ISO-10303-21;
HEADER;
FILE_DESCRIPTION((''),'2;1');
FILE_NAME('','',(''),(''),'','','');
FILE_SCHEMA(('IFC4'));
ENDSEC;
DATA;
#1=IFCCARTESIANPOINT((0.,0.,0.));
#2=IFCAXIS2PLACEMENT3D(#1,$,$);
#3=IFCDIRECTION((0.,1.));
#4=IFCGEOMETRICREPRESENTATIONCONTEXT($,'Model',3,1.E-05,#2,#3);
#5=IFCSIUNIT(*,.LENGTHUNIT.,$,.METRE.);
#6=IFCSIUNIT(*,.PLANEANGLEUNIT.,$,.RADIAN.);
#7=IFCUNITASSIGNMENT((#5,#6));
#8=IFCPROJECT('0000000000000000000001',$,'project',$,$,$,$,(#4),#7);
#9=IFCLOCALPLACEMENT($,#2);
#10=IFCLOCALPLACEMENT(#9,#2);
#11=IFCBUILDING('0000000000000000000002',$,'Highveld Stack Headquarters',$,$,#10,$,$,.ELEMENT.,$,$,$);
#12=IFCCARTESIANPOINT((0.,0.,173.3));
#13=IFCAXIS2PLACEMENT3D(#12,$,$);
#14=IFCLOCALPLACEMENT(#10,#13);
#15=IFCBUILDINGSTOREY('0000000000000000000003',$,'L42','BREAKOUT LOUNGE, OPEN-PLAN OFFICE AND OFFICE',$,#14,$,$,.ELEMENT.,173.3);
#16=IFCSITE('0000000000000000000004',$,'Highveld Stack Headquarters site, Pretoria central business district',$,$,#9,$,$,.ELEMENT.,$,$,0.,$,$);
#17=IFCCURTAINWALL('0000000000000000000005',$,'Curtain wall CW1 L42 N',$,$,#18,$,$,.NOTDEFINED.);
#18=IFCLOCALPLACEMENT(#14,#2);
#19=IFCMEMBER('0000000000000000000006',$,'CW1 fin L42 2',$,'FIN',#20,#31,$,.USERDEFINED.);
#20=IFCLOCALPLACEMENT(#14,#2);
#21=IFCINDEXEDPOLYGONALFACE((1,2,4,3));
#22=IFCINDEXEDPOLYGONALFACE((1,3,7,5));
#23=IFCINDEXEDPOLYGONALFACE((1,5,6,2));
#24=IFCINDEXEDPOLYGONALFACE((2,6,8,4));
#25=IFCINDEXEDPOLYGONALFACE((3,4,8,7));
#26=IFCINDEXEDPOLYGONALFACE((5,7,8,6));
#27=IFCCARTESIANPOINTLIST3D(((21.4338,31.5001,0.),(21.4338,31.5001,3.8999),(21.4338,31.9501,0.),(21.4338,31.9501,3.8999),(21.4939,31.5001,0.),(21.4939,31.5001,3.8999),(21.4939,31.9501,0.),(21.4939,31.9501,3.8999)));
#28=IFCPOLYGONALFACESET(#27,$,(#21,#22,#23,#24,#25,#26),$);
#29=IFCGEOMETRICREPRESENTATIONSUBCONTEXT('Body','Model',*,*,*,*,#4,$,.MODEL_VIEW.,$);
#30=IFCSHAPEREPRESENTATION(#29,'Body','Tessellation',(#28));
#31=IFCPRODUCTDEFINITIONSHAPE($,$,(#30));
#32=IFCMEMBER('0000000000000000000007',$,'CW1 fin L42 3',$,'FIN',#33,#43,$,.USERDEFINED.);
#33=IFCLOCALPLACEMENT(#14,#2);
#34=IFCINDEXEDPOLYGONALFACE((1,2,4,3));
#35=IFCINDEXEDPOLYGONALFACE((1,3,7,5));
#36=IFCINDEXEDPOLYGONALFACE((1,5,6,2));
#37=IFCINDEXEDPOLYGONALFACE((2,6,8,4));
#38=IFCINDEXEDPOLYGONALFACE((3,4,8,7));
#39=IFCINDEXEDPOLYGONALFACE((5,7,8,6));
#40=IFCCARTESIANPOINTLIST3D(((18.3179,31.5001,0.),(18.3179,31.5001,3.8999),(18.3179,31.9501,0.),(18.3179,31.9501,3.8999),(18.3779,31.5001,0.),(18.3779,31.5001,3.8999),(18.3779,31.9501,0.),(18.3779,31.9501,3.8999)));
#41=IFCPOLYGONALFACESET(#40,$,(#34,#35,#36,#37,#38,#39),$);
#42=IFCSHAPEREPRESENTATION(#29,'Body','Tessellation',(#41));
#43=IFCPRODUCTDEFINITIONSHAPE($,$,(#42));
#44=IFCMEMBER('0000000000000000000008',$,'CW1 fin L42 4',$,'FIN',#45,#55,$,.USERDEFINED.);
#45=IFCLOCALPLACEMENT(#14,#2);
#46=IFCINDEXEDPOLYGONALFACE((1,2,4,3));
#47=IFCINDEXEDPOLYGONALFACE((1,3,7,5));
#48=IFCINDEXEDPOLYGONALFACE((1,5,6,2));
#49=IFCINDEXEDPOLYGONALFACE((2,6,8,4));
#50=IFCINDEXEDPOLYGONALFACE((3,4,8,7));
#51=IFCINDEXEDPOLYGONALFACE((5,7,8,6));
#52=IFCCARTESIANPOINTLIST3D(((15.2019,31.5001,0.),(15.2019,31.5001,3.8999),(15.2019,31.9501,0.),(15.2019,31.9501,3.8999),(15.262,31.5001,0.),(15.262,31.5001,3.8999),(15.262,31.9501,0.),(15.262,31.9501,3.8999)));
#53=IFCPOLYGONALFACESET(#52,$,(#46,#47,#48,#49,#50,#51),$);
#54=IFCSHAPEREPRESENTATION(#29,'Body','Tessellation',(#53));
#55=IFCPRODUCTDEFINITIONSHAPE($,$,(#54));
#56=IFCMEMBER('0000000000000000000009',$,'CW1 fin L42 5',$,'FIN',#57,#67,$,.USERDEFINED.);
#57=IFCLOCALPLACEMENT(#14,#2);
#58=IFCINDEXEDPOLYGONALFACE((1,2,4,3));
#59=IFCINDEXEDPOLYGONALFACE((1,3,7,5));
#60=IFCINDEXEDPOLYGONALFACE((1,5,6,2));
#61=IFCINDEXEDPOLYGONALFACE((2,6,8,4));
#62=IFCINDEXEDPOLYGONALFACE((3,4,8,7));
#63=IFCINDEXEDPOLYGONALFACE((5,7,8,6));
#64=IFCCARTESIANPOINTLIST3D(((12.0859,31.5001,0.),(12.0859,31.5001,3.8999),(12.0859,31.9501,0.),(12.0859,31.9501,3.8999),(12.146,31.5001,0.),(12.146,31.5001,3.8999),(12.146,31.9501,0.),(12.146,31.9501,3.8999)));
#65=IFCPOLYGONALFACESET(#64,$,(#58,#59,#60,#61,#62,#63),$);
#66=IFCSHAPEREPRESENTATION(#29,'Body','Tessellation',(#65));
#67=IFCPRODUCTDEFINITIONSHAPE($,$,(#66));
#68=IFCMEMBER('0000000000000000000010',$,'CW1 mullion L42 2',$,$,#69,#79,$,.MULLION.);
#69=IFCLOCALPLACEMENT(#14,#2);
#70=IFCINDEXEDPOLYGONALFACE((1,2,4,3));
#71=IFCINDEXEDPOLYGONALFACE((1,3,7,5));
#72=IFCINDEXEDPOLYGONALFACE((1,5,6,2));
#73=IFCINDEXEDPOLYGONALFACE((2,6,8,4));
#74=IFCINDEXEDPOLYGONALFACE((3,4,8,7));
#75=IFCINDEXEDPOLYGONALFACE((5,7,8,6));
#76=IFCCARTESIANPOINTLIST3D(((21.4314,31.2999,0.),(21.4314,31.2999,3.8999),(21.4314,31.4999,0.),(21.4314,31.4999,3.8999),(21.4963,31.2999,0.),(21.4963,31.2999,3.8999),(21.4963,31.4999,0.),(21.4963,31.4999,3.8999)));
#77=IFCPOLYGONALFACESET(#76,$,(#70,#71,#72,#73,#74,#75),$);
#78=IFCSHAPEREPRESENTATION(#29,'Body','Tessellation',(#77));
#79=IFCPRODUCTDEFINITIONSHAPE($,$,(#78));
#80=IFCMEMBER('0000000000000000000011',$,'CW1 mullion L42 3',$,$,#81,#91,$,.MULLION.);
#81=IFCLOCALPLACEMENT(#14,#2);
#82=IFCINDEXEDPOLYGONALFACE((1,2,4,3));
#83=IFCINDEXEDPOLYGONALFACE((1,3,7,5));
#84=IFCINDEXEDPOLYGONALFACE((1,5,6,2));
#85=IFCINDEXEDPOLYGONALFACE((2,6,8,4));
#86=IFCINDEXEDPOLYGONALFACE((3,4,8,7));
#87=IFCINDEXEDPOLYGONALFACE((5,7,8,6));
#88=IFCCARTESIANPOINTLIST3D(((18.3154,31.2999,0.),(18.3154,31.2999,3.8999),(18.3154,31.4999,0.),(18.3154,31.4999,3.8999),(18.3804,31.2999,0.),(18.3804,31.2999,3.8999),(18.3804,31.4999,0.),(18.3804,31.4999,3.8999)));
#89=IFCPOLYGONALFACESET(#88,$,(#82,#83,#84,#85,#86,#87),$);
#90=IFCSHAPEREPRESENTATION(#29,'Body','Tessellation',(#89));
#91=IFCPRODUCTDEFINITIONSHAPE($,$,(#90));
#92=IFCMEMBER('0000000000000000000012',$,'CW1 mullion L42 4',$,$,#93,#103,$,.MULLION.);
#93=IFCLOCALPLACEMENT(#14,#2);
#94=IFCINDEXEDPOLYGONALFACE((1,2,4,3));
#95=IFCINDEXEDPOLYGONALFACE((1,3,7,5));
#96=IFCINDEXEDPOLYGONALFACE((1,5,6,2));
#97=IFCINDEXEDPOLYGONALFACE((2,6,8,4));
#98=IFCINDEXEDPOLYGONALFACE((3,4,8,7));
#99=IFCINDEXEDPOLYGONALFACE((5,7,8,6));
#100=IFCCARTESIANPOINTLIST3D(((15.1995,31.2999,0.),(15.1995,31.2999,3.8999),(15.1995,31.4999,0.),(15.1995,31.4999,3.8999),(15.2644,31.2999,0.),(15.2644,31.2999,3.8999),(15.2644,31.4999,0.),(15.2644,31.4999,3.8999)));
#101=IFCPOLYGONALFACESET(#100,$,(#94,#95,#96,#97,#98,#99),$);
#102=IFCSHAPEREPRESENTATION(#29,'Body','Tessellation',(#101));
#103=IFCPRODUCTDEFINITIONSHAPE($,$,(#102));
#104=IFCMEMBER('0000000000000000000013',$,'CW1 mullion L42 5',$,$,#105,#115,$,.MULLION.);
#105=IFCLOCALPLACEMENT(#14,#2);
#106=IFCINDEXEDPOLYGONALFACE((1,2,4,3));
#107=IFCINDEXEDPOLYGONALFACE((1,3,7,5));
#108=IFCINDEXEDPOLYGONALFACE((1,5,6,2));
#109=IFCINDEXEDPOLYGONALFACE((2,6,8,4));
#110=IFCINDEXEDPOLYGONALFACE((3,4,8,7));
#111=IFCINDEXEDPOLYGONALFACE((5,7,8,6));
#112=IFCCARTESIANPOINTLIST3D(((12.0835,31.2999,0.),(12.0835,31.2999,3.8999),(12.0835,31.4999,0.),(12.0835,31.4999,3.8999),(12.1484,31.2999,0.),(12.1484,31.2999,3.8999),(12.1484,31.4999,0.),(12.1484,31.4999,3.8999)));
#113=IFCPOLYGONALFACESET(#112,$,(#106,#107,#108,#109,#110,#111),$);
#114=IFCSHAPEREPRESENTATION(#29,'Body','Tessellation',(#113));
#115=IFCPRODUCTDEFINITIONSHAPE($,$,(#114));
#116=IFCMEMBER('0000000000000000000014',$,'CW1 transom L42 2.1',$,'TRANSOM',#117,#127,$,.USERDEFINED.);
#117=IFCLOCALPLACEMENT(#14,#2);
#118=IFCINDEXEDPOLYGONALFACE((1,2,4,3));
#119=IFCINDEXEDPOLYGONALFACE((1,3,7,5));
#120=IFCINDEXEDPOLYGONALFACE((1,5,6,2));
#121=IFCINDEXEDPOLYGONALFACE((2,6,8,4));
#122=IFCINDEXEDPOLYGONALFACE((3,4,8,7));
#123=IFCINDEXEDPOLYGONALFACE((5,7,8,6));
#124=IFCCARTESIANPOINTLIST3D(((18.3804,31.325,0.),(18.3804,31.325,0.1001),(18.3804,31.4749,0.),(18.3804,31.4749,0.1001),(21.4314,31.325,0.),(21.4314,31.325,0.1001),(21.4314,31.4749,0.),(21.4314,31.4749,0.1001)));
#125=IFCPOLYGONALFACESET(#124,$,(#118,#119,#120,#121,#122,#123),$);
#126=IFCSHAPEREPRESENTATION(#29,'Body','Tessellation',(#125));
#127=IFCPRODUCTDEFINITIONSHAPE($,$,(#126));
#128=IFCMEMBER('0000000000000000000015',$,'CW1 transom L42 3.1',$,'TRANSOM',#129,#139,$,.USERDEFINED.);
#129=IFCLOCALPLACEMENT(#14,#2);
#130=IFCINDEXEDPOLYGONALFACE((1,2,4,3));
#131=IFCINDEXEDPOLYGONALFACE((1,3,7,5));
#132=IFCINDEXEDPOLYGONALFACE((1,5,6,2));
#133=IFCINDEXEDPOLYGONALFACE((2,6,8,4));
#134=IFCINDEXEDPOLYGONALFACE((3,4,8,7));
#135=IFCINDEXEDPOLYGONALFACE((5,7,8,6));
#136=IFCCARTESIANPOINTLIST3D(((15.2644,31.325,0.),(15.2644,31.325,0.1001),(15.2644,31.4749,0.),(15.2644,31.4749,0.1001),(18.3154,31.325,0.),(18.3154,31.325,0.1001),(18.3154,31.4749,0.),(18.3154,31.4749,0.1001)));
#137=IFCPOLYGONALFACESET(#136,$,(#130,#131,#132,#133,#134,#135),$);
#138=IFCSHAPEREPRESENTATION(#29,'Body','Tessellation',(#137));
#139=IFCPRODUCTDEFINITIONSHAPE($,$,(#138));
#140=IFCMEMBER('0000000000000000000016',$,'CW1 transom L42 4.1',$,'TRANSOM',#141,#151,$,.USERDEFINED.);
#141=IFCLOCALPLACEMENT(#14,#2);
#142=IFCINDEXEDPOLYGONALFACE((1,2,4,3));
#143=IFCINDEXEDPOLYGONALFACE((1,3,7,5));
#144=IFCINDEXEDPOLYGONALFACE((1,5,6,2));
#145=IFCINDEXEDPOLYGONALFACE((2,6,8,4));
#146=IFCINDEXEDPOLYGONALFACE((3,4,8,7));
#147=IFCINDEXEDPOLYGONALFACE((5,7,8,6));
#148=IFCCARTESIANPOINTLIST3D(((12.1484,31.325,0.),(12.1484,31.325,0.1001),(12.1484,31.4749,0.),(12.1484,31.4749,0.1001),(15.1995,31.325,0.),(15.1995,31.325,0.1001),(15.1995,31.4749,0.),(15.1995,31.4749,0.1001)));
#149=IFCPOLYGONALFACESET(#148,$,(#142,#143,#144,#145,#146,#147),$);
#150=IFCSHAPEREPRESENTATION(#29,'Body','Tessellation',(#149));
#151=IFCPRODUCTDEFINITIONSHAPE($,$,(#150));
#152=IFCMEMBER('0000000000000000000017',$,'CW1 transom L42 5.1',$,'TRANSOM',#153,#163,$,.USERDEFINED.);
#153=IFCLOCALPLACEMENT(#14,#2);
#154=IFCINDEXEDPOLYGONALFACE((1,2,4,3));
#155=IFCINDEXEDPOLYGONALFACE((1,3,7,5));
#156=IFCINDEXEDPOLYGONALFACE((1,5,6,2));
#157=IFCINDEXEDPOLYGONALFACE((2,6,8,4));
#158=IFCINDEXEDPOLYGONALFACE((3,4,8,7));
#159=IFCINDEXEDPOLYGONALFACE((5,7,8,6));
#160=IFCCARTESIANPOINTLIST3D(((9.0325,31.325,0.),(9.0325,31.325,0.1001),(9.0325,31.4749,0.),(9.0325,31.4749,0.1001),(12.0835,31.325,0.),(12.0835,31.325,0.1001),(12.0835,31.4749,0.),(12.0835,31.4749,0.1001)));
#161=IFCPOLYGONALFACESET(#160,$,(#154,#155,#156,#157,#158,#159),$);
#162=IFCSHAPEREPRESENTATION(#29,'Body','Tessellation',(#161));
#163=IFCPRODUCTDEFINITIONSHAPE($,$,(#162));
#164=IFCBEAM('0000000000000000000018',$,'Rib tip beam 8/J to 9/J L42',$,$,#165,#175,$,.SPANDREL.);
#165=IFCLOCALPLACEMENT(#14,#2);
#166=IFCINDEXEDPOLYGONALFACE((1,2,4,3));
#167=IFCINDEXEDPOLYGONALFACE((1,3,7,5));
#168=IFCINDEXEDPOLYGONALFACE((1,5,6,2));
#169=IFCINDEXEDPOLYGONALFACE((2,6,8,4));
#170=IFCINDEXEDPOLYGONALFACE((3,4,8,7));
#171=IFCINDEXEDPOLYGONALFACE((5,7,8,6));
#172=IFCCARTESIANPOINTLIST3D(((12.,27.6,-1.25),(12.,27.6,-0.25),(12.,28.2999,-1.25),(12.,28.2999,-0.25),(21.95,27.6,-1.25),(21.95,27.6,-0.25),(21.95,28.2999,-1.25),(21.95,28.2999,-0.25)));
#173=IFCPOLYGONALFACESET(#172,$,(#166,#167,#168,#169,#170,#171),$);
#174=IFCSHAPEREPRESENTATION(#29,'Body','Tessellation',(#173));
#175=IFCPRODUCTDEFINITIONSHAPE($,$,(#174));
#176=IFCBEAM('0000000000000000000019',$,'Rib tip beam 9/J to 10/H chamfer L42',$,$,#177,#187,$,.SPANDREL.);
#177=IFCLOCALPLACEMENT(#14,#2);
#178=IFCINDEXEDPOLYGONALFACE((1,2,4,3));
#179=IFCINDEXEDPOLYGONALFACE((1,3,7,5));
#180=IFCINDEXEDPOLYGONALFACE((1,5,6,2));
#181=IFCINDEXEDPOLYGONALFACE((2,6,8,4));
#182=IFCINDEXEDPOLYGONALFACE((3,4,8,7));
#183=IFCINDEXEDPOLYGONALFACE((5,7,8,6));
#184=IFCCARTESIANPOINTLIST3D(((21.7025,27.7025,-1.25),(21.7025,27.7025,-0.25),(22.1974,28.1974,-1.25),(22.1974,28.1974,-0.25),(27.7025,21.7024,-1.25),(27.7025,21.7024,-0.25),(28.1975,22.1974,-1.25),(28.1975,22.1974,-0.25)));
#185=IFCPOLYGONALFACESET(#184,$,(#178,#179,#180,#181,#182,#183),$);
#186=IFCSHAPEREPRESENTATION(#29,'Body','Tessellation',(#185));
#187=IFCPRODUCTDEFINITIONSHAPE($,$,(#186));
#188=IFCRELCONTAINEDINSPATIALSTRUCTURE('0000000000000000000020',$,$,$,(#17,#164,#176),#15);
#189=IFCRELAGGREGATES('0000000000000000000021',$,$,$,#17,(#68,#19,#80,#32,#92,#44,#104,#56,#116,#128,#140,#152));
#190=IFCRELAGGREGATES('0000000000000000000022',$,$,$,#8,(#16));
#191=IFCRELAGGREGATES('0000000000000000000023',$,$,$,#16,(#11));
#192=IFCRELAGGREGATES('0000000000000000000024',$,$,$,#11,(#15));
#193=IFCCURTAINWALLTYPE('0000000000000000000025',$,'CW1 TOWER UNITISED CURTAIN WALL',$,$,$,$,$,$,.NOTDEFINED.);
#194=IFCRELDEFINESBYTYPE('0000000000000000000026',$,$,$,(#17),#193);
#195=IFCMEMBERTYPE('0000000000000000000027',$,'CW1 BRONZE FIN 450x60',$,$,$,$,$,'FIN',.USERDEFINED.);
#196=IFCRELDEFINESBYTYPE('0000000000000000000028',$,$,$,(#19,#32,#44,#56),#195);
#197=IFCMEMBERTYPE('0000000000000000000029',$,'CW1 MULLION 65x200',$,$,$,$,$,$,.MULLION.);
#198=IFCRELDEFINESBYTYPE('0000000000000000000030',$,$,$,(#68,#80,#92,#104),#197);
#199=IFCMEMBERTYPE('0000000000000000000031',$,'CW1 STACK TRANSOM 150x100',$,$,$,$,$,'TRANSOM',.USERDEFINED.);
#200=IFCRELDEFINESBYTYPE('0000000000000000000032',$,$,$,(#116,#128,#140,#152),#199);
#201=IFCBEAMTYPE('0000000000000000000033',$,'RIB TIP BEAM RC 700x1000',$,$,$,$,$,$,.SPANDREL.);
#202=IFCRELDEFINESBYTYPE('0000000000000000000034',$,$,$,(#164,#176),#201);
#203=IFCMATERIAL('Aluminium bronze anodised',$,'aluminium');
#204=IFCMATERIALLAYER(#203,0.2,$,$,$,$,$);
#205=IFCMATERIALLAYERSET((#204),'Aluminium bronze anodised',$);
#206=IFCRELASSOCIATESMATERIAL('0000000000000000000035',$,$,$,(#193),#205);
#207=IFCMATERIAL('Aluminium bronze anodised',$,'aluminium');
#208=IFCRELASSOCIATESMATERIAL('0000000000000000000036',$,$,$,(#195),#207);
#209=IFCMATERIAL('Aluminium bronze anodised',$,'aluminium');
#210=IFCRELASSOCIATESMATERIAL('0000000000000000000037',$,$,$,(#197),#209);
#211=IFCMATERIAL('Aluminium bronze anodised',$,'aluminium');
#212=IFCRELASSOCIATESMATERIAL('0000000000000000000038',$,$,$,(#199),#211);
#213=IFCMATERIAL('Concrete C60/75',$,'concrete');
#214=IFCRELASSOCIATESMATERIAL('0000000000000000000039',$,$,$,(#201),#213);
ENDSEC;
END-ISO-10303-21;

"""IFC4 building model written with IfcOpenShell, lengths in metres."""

from ifc_helpers import new_model, si_unit, direction, frame, origin, origin_2d, place, context, subcontext, project, spatial, rectangle, extrude, material, layer, layer_set, material_profile, profile_set, type_object, element, aggregate, save


model = new_model("IFC4")

# Units and contexts
model_context = context("Model", 3, precision=1e-05, world=origin(), true_north=direction((0.0, 1.0)))
body_context = subcontext(model_context, "Body", "Model", "MODEL_VIEW")
ifc_project = project(units=[si_unit("LENGTHUNIT", "METRE"), si_unit("PLANEANGLEUNIT", "RADIAN")], contexts=[model_context])

# Site, building, storey
site_placement = place(None, origin())
site = spatial("IfcSite", under=ifc_project, at=site_placement, Name="Highveld Stack Headquarters site, Pretoria central business district", CompositionType="ELEMENT", RefElevation=0.0)
building_placement = place(site_placement, origin())
building = spatial("IfcBuilding", under=site, at=building_placement, Name="Highveld Stack Headquarters", CompositionType="ELEMENT")
storey_placement = place(building_placement, frame((0.0, 0.0, 173.3)))
storey = spatial("IfcBuildingStorey", under=building, at=storey_placement, Name="L42", Description="BREAKOUT LOUNGE, OPEN-PLAN OFFICE AND OFFICE", CompositionType="ELEMENT", Elevation=173.3)

# Curtain wall, members
ifc_material_1 = material(Name="Aluminium bronze anodised", Category="aluminium")
ifc_layer_1 = layer(ifc_material_1, 0.2)
ifc_layer_set_1 = layer_set([ifc_layer_1], Name="Aluminium bronze anodised")
curtain_wall_type = type_object("IfcCurtainWallType", Name="CW1 TOWER UNITISED CURTAIN WALL", PredefinedType="NOTDEFINED", material=ifc_layer_set_1)
curtain_wall_placement = place(storey_placement, origin())
curtain_wall = element("IfcCurtainWall", 1, at=curtain_wall_placement, inside=storey, type_object=curtain_wall_type, Name="Curtain wall CW1 L42 N", PredefinedType="NOTDEFINED")
ifc_material_2 = material(Name="Aluminium bronze anodised", Category="aluminium")
ifc_material_profile_1 = material_profile(ifc_material_2, rectangle(XDim=0.45, YDim=0.0601, at=origin_2d()), Name="FIN 450x60")
ifc_profile_set_1 = profile_set([ifc_material_profile_1], Name="Aluminium bronze anodised")
member_type_1 = type_object("IfcMemberType", Name="CW1 BRONZE FIN 450x60", ElementType="FIN", PredefinedType="USERDEFINED", material=ifc_profile_set_1)
member_1_placement = place(storey_placement, frame((21.4639, 31.7251, 0.0), z_axis=(0.0, 0.0, 1.0), x_axis=(0.0, -1.0, 0.0)))
member_1 = element("IfcMember", 2, at=member_1_placement, type_object=member_type_1, Name="CW1 fin L42 2", ObjectType="FIN", PredefinedType="USERDEFINED", context=body_context, shape_type="SweptSolid", body=[
    extrude(rectangle(XDim=0.45, YDim=0.0601, at=origin_2d()), origin(), (0.0, 0.0, 1.0), 3.8999),
])
member_2_placement = place(storey_placement, frame((18.3479, 31.7251, 0.0), z_axis=(0.0, 0.0, 1.0), x_axis=(0.0, -1.0, 0.0)))
member_2 = element("IfcMember", 3, at=member_2_placement, type_object=member_type_1, Name="CW1 fin L42 3", ObjectType="FIN", PredefinedType="USERDEFINED", context=body_context, shape_type="SweptSolid", body=[
    extrude(rectangle(XDim=0.45, YDim=0.0601, at=origin_2d()), origin(), (0.0, 0.0, 1.0), 3.8999),
])
member_3_placement = place(storey_placement, frame((15.2319, 31.7251, 0.0), z_axis=(0.0, 0.0, 1.0), x_axis=(0.0, -1.0, 0.0)))
member_3 = element("IfcMember", 4, at=member_3_placement, type_object=member_type_1, Name="CW1 fin L42 4", ObjectType="FIN", PredefinedType="USERDEFINED", context=body_context, shape_type="SweptSolid", body=[
    extrude(rectangle(XDim=0.45, YDim=0.0601, at=origin_2d()), origin(), (0.0, 0.0, 1.0), 3.8999),
])
member_4_placement = place(storey_placement, frame((12.116, 31.7251, 0.0), z_axis=(0.0, 0.0, 1.0), x_axis=(0.0, -1.0, 0.0)))
member_4 = element("IfcMember", 5, at=member_4_placement, type_object=member_type_1, Name="CW1 fin L42 5", ObjectType="FIN", PredefinedType="USERDEFINED", context=body_context, shape_type="SweptSolid", body=[
    extrude(rectangle(XDim=0.45, YDim=0.0601, at=origin_2d()), origin(), (0.0, 0.0, 1.0), 3.8999),
])
ifc_material_3 = material(Name="Aluminium bronze anodised", Category="aluminium")
ifc_material_profile_2 = material_profile(ifc_material_3, rectangle(XDim=0.2, YDim=0.0649, at=origin_2d()), Name="CW1 MULLION 65x200")
ifc_profile_set_2 = profile_set([ifc_material_profile_2], Name="Aluminium bronze anodised")
member_type_2 = type_object("IfcMemberType", Name="CW1 MULLION 65x200", PredefinedType="MULLION", material=ifc_profile_set_2)
member_5_placement = place(storey_placement, frame((21.4639, 31.3999, 0.0), z_axis=(0.0, 0.0, 1.0), x_axis=(0.0, -1.0, 0.0)))
member_5 = element("IfcMember", 6, at=member_5_placement, type_object=member_type_2, Name="CW1 mullion L42 2", PredefinedType="MULLION", context=body_context, shape_type="SweptSolid", body=[
    extrude(rectangle(XDim=0.2, YDim=0.0649, at=origin_2d()), origin(), (0.0, 0.0, 1.0), 3.8999),
])
member_6_placement = place(storey_placement, frame((18.3479, 31.3999, 0.0), z_axis=(0.0, 0.0, 1.0), x_axis=(0.0, -1.0, 0.0)))
member_6 = element("IfcMember", 7, at=member_6_placement, type_object=member_type_2, Name="CW1 mullion L42 3", PredefinedType="MULLION", context=body_context, shape_type="SweptSolid", body=[
    extrude(rectangle(XDim=0.2, YDim=0.0649, at=origin_2d()), origin(), (0.0, 0.0, 1.0), 3.8999),
])
member_7_placement = place(storey_placement, frame((15.2319, 31.3999, 0.0), z_axis=(0.0, 0.0, 1.0), x_axis=(0.0, -1.0, 0.0)))
member_7 = element("IfcMember", 8, at=member_7_placement, type_object=member_type_2, Name="CW1 mullion L42 4", PredefinedType="MULLION", context=body_context, shape_type="SweptSolid", body=[
    extrude(rectangle(XDim=0.2, YDim=0.0649, at=origin_2d()), origin(), (0.0, 0.0, 1.0), 3.8999),
])
member_8_placement = place(storey_placement, frame((12.116, 31.3999, 0.0), z_axis=(0.0, 0.0, 1.0), x_axis=(0.0, -1.0, 0.0)))
member_8 = element("IfcMember", 9, at=member_8_placement, type_object=member_type_2, Name="CW1 mullion L42 5", PredefinedType="MULLION", context=body_context, shape_type="SweptSolid", body=[
    extrude(rectangle(XDim=0.2, YDim=0.0649, at=origin_2d()), origin(), (0.0, 0.0, 1.0), 3.8999),
])
ifc_material_4 = material(Name="Aluminium bronze anodised", Category="aluminium")
ifc_material_profile_3 = material_profile(ifc_material_4, rectangle(XDim=0.1499, YDim=0.1001, at=origin_2d()), Name="CW1 TRANSOM 150x100")
ifc_profile_set_3 = profile_set([ifc_material_profile_3], Name="Aluminium bronze anodised")
member_type_3 = type_object("IfcMemberType", Name="CW1 STACK TRANSOM 150x100", ElementType="TRANSOM", PredefinedType="USERDEFINED", material=ifc_profile_set_3)
member_9_placement = place(storey_placement, frame((21.4314, 31.3999, 0.05), z_axis=(-1.0, 0.0, 0.0), x_axis=(0.0, -1.0, 0.0)))
member_9 = element("IfcMember", 10, at=member_9_placement, type_object=member_type_3, Name="CW1 transom L42 2.1", ObjectType="TRANSOM", PredefinedType="USERDEFINED", context=body_context, shape_type="SweptSolid", body=[
    extrude(rectangle(XDim=0.1499, YDim=0.1001, at=origin_2d()), origin(), (0.0, 0.0, 1.0), 3.051),
])
member_10_placement = place(storey_placement, frame((18.3154, 31.3999, 0.05), z_axis=(-1.0, 0.0, 0.0), x_axis=(0.0, -1.0, 0.0)))
member_10 = element("IfcMember", 11, at=member_10_placement, type_object=member_type_3, Name="CW1 transom L42 3.1", ObjectType="TRANSOM", PredefinedType="USERDEFINED", context=body_context, shape_type="SweptSolid", body=[
    extrude(rectangle(XDim=0.1499, YDim=0.1001, at=origin_2d()), origin(), (0.0, 0.0, 1.0), 3.051),
])
member_11_placement = place(storey_placement, frame((15.1995, 31.3999, 0.05), z_axis=(-1.0, 0.0, 0.0), x_axis=(0.0, -1.0, 0.0)))
member_11 = element("IfcMember", 12, at=member_11_placement, type_object=member_type_3, Name="CW1 transom L42 4.1", ObjectType="TRANSOM", PredefinedType="USERDEFINED", context=body_context, shape_type="SweptSolid", body=[
    extrude(rectangle(XDim=0.1499, YDim=0.1001, at=origin_2d()), origin(), (0.0, 0.0, 1.0), 3.051),
])
member_12_placement = place(storey_placement, frame((12.0835, 31.3999, 0.05), z_axis=(-1.0, 0.0, 0.0), x_axis=(0.0, -1.0, 0.0)))
member_12 = element("IfcMember", 13, at=member_12_placement, type_object=member_type_3, Name="CW1 transom L42 5.1", ObjectType="TRANSOM", PredefinedType="USERDEFINED", context=body_context, shape_type="SweptSolid", body=[
    extrude(rectangle(XDim=0.1499, YDim=0.1001, at=origin_2d()), origin(), (0.0, 0.0, 1.0), 3.051),
])

# Beams
ifc_material_5 = material(Name="Concrete C60/75", Category="concrete")
ifc_material_profile_4 = material_profile(ifc_material_5, rectangle(XDim=0.7, YDim=1.0, at=origin_2d()), Name="RC 700x1000")
ifc_profile_set_4 = profile_set([ifc_material_profile_4], Name="Concrete C60/75")
beam_type = type_object("IfcBeamType", Name="RIB TIP BEAM RC 700x1000", PredefinedType="SPANDREL", material=ifc_profile_set_4)
beam_1_placement = place(storey_placement, frame((12.0, 27.95, -0.75), z_axis=(1.0, 0.0, 0.0), x_axis=(0.0, 1.0, 0.0)))
element("IfcBeam", 14, at=beam_1_placement, inside=storey, type_object=beam_type, Name="Rib tip beam 8/J to 9/J L42", PredefinedType="SPANDREL", context=body_context, shape_type="SweptSolid", body=[
    extrude(rectangle(XDim=0.7, YDim=1.0, at=origin_2d()), origin(), (0.0, 0.0, 1.0), 9.95),
])
beam_2_placement = place(storey_placement, frame((21.95, 27.95, -0.75), z_axis=(0.707107, -0.707107, 0.0), x_axis=(0.707107, 0.707107, 0.0)))
element("IfcBeam", 15, at=beam_2_placement, inside=storey, type_object=beam_type, Name="Rib tip beam 9/J to 10/H chamfer L42", PredefinedType="SPANDREL", context=body_context, shape_type="SweptSolid", body=[
    extrude(rectangle(XDim=0.7, YDim=1.0, at=origin_2d()), origin(), (0.0, 0.0, 1.0), 8.4854),
])

aggregate(curtain_wall, [member_5, member_1, member_6, member_2, member_7, member_3, member_8, member_4, member_9, member_10, member_11, member_12])

save(model, "model.ifc")
